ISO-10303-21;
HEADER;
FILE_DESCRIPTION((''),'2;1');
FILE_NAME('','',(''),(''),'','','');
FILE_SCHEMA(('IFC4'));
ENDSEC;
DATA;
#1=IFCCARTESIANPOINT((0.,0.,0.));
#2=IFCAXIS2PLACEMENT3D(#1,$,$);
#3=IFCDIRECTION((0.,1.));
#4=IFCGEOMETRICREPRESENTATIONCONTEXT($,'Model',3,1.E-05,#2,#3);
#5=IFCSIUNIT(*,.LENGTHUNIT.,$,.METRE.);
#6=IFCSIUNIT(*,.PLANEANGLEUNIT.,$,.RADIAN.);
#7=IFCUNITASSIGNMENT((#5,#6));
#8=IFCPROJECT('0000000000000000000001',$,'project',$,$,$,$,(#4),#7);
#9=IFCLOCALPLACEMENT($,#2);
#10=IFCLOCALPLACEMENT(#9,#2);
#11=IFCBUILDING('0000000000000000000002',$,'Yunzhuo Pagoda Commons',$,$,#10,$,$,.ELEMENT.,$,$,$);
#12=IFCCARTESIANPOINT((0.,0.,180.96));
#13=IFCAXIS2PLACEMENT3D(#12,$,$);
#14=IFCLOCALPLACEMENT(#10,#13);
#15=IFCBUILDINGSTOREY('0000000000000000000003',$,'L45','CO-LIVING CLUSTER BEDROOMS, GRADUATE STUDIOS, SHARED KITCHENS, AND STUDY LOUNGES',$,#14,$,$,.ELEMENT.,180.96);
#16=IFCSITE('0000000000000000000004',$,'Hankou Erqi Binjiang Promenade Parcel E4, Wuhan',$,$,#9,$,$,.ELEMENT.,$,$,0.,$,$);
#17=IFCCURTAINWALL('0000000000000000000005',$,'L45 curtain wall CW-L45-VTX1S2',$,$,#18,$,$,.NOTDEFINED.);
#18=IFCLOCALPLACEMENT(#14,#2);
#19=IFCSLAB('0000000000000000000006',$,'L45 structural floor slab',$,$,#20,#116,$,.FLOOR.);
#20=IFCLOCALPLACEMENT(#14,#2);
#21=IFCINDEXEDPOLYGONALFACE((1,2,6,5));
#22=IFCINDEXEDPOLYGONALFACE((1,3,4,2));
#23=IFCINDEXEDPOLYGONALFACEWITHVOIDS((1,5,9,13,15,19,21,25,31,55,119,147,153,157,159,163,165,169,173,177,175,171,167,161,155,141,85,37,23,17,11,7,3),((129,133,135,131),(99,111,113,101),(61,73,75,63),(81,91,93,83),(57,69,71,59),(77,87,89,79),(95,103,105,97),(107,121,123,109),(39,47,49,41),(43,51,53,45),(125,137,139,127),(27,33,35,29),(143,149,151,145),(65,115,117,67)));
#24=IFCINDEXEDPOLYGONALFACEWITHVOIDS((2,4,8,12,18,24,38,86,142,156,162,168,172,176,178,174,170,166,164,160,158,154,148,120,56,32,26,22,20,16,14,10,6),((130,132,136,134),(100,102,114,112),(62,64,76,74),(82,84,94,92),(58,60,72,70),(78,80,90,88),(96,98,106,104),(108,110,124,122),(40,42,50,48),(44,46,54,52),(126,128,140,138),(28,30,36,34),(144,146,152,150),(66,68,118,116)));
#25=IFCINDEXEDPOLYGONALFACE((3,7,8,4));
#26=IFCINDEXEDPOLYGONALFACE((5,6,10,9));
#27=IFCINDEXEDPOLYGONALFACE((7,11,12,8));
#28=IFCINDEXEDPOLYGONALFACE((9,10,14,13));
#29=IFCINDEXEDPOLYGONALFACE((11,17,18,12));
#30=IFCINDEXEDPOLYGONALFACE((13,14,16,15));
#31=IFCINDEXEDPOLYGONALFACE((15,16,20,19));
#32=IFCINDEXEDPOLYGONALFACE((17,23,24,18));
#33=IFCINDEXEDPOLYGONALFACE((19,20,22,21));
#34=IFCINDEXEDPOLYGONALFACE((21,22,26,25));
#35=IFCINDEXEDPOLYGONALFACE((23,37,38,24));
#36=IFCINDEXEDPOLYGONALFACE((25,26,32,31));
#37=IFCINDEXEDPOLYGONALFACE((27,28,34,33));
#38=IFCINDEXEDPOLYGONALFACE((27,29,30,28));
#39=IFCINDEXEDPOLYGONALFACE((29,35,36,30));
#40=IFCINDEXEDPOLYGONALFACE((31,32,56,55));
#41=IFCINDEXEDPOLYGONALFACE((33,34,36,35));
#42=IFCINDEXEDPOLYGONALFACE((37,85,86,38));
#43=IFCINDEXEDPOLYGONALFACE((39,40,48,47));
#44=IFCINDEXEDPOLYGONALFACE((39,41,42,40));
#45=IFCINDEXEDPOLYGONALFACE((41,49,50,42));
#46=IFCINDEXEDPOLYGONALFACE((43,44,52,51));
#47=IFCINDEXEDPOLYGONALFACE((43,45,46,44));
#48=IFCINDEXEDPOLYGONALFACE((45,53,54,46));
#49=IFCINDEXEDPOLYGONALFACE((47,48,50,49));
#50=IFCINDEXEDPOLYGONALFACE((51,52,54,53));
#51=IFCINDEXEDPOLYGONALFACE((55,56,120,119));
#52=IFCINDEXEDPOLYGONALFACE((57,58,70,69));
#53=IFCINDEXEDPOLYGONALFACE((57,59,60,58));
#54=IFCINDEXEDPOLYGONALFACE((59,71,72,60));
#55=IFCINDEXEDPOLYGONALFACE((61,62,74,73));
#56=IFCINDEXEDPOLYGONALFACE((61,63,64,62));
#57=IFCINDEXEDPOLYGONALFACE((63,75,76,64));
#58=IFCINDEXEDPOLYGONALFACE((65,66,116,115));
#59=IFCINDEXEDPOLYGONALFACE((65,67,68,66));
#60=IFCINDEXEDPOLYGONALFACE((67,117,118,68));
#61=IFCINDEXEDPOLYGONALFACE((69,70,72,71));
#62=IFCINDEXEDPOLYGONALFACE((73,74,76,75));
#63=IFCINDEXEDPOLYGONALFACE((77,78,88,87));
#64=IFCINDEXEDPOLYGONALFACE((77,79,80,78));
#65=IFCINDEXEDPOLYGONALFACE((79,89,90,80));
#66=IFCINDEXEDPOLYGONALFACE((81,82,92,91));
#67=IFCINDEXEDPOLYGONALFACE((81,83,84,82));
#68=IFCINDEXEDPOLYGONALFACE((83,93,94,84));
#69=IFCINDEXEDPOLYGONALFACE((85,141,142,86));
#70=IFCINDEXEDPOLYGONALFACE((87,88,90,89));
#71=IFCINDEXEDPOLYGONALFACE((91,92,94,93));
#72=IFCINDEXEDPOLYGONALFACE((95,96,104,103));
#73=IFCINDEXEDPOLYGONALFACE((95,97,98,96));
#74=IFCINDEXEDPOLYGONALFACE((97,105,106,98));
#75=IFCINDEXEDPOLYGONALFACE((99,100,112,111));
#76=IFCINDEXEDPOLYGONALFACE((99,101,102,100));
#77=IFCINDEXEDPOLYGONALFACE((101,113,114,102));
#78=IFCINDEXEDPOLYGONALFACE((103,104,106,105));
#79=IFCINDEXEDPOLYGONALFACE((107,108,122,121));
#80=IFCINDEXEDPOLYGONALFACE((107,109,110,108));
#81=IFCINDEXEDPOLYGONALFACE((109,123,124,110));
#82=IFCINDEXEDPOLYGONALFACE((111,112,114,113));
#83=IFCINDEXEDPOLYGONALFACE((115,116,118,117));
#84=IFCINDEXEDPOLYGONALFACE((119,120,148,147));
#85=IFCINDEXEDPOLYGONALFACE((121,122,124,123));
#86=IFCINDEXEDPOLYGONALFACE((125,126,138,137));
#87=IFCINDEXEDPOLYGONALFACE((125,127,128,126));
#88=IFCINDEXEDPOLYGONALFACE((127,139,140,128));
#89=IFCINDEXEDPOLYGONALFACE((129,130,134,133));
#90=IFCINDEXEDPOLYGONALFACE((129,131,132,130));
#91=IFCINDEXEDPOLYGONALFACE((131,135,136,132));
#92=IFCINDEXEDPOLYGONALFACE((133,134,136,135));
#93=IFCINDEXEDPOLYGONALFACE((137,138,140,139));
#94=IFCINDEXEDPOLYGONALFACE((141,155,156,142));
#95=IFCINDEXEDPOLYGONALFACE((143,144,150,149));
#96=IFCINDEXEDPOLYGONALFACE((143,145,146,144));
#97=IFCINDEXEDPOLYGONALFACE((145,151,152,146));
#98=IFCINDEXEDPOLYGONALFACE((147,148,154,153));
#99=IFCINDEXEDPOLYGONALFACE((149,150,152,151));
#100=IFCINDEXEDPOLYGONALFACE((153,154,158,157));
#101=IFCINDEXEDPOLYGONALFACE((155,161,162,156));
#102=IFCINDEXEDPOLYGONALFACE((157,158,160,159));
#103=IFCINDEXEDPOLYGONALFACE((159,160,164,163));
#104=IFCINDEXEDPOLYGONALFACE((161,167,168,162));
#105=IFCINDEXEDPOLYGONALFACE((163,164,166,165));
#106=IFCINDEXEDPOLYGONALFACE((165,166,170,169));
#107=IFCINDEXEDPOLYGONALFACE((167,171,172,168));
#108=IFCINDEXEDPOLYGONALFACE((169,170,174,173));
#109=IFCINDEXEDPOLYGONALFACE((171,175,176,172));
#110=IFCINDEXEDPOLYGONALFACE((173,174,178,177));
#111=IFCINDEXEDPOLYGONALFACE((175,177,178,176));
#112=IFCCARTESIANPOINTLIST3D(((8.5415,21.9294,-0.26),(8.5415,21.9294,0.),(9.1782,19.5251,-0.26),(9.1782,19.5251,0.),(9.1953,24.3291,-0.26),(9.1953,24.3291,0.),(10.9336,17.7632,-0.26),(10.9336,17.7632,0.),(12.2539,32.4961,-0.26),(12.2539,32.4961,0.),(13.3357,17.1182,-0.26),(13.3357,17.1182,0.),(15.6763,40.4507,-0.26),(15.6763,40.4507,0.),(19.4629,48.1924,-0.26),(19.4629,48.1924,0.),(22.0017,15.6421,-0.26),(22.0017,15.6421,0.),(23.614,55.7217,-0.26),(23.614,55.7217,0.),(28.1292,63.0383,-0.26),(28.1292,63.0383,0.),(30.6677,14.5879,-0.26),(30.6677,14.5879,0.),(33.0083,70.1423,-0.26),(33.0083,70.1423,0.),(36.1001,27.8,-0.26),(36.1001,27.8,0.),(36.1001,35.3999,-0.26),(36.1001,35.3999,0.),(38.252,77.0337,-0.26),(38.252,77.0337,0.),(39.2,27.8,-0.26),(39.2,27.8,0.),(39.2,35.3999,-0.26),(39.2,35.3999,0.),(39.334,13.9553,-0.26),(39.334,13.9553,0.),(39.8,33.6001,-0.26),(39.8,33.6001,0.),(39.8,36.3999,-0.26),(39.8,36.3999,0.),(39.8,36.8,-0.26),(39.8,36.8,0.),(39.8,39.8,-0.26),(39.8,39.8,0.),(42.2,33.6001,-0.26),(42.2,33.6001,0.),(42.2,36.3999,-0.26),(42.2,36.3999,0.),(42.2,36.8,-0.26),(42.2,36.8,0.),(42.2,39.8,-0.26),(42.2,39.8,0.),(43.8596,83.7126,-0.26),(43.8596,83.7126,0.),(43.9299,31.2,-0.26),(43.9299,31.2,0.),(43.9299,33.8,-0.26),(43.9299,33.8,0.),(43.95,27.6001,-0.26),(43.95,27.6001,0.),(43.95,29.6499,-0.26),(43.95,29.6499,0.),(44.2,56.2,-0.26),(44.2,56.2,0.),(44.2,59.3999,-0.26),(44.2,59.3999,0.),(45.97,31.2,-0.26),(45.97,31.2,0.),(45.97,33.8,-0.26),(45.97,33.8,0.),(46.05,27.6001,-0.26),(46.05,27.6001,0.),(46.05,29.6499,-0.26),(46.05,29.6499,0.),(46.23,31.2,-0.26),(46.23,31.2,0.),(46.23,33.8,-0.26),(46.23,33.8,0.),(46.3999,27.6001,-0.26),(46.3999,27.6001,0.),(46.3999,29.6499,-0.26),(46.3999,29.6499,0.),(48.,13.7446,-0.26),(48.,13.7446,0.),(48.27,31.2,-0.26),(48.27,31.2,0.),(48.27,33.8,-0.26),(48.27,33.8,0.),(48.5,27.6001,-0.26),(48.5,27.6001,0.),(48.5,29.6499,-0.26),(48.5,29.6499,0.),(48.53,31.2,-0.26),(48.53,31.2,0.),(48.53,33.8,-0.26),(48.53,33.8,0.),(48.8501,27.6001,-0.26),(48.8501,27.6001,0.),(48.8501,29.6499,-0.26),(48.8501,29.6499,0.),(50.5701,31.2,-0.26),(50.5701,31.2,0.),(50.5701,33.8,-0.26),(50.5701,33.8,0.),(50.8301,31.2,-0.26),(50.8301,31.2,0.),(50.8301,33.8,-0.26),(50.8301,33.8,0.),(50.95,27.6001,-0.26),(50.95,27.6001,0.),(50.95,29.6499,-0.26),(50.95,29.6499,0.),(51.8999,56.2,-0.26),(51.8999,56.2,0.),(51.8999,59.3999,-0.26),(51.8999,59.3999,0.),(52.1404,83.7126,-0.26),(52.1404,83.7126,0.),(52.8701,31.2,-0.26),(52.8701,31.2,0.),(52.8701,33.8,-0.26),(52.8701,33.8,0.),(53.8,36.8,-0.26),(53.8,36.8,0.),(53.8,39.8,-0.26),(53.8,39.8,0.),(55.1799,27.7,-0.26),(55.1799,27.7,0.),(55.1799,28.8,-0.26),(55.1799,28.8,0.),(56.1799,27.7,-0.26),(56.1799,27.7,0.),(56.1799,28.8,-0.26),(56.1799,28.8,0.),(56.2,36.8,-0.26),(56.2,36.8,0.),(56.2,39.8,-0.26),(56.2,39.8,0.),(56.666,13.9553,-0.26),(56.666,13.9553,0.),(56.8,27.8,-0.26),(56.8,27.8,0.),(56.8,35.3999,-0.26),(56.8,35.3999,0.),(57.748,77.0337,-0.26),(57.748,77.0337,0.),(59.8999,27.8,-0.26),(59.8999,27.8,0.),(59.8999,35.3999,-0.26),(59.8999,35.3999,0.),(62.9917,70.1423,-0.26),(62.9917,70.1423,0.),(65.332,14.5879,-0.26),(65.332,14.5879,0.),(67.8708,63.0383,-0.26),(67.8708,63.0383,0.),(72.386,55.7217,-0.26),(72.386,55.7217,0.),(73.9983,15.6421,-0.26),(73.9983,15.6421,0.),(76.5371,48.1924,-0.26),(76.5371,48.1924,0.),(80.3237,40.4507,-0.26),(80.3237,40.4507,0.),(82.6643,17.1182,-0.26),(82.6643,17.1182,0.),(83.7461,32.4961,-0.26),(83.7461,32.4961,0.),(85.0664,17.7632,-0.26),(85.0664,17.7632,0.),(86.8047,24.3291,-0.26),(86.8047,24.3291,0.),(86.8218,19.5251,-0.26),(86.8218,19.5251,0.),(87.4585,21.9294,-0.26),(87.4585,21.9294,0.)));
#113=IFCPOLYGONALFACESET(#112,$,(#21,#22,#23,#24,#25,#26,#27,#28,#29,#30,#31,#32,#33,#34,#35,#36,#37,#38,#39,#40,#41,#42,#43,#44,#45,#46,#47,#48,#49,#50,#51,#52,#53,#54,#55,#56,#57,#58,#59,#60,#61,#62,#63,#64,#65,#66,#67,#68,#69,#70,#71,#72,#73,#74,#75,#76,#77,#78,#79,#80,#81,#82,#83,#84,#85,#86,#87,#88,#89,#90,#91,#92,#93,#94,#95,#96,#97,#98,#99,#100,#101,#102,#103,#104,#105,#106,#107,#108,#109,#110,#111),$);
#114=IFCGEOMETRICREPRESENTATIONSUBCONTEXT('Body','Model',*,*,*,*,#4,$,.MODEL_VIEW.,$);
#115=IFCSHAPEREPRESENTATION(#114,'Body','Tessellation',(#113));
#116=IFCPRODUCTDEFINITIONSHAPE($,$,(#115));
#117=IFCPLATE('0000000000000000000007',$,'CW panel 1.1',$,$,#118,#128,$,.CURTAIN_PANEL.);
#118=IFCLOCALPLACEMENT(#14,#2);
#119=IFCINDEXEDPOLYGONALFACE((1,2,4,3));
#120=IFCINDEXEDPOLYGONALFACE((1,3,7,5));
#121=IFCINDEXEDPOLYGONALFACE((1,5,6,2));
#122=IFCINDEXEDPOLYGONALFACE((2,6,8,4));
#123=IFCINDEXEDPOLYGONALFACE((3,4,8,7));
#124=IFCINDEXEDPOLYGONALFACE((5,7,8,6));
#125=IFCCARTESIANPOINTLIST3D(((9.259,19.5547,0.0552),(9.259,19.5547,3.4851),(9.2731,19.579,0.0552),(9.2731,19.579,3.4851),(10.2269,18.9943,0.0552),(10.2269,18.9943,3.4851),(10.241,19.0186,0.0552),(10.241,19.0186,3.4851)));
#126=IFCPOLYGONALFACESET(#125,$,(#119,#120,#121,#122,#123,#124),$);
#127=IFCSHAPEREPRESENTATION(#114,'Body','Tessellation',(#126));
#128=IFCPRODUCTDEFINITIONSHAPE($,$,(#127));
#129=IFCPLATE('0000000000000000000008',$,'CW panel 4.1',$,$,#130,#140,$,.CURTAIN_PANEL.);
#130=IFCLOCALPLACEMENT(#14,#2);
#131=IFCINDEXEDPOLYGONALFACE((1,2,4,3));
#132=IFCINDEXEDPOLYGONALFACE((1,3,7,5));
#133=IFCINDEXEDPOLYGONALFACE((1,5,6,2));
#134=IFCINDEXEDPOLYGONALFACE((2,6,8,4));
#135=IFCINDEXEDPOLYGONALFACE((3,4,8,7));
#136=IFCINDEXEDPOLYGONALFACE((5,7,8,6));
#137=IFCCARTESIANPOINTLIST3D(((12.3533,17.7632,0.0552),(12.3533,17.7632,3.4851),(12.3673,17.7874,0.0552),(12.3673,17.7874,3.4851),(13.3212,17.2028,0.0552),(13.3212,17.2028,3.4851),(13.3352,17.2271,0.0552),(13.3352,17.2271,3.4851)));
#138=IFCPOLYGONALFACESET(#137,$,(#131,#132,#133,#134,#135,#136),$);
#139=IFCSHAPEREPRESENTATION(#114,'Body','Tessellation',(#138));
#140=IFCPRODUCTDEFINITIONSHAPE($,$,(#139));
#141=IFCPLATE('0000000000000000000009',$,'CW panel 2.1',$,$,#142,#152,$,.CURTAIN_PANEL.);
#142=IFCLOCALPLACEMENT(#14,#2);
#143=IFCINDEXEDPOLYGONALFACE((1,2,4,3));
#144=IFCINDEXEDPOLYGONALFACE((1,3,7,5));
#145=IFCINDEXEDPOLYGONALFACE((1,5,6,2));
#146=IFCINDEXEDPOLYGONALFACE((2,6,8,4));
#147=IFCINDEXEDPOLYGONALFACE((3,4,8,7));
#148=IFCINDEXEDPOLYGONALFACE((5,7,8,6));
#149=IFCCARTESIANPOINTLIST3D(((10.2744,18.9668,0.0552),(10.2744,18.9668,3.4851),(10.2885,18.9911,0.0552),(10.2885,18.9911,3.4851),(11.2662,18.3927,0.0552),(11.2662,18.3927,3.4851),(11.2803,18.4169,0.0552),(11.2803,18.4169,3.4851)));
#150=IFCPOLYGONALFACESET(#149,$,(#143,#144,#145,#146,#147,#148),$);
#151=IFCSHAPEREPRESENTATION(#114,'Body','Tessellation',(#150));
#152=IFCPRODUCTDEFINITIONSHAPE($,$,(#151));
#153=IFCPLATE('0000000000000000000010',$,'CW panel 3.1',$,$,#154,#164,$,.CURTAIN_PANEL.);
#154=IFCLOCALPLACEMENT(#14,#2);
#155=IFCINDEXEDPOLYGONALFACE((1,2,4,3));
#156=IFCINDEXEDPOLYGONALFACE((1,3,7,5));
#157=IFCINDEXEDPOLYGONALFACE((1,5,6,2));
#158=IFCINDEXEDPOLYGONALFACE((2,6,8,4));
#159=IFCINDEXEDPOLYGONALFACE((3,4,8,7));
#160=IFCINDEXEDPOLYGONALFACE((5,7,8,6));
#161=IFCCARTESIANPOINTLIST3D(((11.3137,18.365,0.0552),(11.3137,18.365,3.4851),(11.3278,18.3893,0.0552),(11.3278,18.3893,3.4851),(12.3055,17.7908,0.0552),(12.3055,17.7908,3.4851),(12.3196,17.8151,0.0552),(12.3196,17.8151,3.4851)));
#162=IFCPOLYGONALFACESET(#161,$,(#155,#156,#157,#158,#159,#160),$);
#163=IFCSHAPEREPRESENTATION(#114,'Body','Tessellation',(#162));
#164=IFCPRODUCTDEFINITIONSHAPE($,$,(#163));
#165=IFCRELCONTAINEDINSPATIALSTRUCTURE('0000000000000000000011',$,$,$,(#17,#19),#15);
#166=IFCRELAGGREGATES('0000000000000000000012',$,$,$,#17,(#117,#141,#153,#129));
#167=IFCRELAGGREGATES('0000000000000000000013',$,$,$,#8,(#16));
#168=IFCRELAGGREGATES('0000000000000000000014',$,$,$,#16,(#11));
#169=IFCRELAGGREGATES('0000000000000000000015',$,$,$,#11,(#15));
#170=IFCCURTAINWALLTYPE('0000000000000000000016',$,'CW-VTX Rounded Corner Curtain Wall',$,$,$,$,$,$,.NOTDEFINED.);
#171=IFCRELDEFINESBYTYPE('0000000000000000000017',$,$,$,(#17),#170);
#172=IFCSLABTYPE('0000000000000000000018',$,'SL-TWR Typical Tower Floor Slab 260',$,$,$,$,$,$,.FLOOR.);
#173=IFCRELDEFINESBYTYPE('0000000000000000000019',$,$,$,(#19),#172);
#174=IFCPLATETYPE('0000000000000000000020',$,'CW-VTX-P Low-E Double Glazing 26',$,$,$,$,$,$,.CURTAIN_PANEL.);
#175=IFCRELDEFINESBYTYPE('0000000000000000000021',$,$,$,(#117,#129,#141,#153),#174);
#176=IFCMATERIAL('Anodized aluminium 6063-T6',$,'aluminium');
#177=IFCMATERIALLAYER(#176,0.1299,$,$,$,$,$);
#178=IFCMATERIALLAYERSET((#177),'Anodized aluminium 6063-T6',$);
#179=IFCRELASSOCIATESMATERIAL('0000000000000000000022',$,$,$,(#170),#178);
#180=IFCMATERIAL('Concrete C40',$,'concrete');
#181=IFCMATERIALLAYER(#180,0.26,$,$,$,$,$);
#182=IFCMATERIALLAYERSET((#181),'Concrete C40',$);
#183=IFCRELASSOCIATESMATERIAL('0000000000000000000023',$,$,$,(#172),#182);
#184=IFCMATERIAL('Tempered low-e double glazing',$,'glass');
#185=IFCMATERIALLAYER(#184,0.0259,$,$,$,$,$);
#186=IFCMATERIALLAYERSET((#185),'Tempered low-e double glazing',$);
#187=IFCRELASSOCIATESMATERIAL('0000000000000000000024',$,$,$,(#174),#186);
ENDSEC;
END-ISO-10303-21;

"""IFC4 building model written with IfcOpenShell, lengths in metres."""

from ifc_helpers import new_model, si_unit, direction, frame, origin, origin_2d, place, context, subcontext, project, spatial, polyline, rectangle, outline, extrude, source, transform, mapped, material, layer, layer_set, type_object, element, aggregate, save


model = new_model("IFC4")

# Units and contexts
model_context = context("Model", 3, precision=1e-05, world=origin(), true_north=direction((0.0, 1.0)))
body_context = subcontext(model_context, "Body", "Model", "MODEL_VIEW")
ifc_project = project(units=[si_unit("LENGTHUNIT", "METRE"), si_unit("PLANEANGLEUNIT", "RADIAN")], contexts=[model_context])

# Site, building, storey
site_placement = place(None, origin())
site = spatial("IfcSite", under=ifc_project, at=site_placement, Name="Hankou Erqi Binjiang Promenade Parcel E4, Wuhan", CompositionType="ELEMENT", RefElevation=0.0)
building_placement = place(site_placement, origin())
building = spatial("IfcBuilding", under=site, at=building_placement, Name="Yunzhuo Pagoda Commons", CompositionType="ELEMENT")
storey_placement = place(building_placement, frame((0.0, 0.0, 180.96)))
storey = spatial("IfcBuildingStorey", under=building, at=storey_placement, Name="L45", Description="CO-LIVING CLUSTER BEDROOMS, GRADUATE STUDIOS, SHARED KITCHENS, AND STUDY LOUNGES", CompositionType="ELEMENT", Elevation=180.96)

# Curtain wall
ifc_material_1 = material(Name="Anodized aluminium 6063-T6", Category="aluminium")
ifc_layer_1 = layer(ifc_material_1, 0.1299)
ifc_layer_set_1 = layer_set([ifc_layer_1], Name="Anodized aluminium 6063-T6")
curtain_wall_type_1 = type_object("IfcCurtainWallType", Name="CW-VTX Rounded Corner Curtain Wall", PredefinedType="NOTDEFINED", material=ifc_layer_set_1)
curtain_wall_1_placement = place(storey_placement, origin())
curtain_wall_1 = element("IfcCurtainWall", 1, at=curtain_wall_1_placement, inside=storey, type_object=curtain_wall_type_1, Name="L45 curtain wall CW-L45-VTX1S2", PredefinedType="NOTDEFINED")

# Shared definitions
ifc_material_2 = material(Name="Concrete C40", Category="concrete")

# Slab
ifc_layer_2 = layer(ifc_material_2, 0.26)
ifc_layer_set_2 = layer_set([ifc_layer_2], Name="Concrete C40")
slab_type_1 = type_object("IfcSlabType", Name="SL-TWR Typical Tower Floor Slab 260", PredefinedType="FLOOR", material=ifc_layer_set_2)
slab_1_placement = place(storey_placement, frame((0.0, 0.0, -0.26)))
element("IfcSlab", 2, at=slab_1_placement, inside=storey, type_object=slab_type_1, Name="L45 structural floor slab", PredefinedType="FLOOR", context=body_context, shape_type="SweptSolid", body=[
    extrude(outline(polyline([(12.2539, 32.4961), (15.6763, 40.4507), (19.4629, 48.1924), (23.614, 55.7217), (28.1292, 63.0383), (33.0083, 70.1423), (38.252, 77.0337), (43.8596, 83.7126), (52.1404, 83.7126), (57.748, 77.0337), (62.9917, 70.1423), (67.8708, 63.0383), (72.386, 55.7217), (76.5371, 48.1924), (80.3237, 40.4507), (83.7461, 32.4961), (86.8047, 24.3291), (87.4585, 21.9294), (86.8218, 19.5251), (85.0664, 17.7632), (82.6643, 17.1182), (73.9983, 15.6421), (65.332, 14.5879), (56.666, 13.9553), (48.0, 13.7446), (39.334, 13.9553), (30.6677, 14.5879), (22.0017, 15.6421), (13.3357, 17.1182), (10.9336, 17.7632), (9.1782, 19.5251), (8.5415, 21.9294), (9.1953, 24.3291), (12.2539, 32.4961)]), holes=[polyline([(46.05, 29.6499), (43.95, 29.6499), (43.95, 27.6001), (46.05, 27.6001), (46.05, 29.6499)]), polyline([(48.5, 27.6001), (48.5, 29.6499), (46.3999, 29.6499), (46.3999, 27.6001), (48.5, 27.6001)]), polyline([(36.1001, 27.8), (39.2, 27.8), (39.2, 35.3999), (36.1001, 35.3999), (36.1001, 27.8)]), polyline([(45.97, 31.2), (45.97, 33.8), (43.9299, 33.8), (43.9299, 31.2), (45.97, 31.2)]), polyline([(48.27, 31.2), (48.27, 33.8), (46.23, 33.8), (46.23, 31.2), (48.27, 31.2)]), polyline([(42.2, 33.6001), (42.2, 36.3999), (39.8, 36.3999), (39.8, 33.6001), (42.2, 33.6001)]), polyline([(42.2, 36.8), (42.2, 39.8), (39.8, 39.8), (39.8, 36.8), (42.2, 36.8)]), polyline([(56.1799, 28.8), (55.1799, 28.8), (55.1799, 27.7), (56.1799, 27.7), (56.1799, 28.8)]), polyline([(50.95, 27.6001), (50.95, 29.6499), (48.8501, 29.6499), (48.8501, 27.6001), (50.95, 27.6001)]), polyline([(56.8, 27.8), (59.8999, 27.8), (59.8999, 35.3999), (56.8, 35.3999), (56.8, 27.8)]), polyline([(50.5701, 31.2), (50.5701, 33.8), (48.53, 33.8), (48.53, 31.2), (50.5701, 31.2)]), polyline([(52.8701, 31.2), (52.8701, 33.8), (50.8301, 33.8), (50.8301, 31.2), (52.8701, 31.2)]), polyline([(56.2, 36.8), (56.2, 39.8), (53.8, 39.8), (53.8, 36.8), (56.2, 36.8)]), polyline([(51.8999, 56.2), (51.8999, 59.3999), (44.2, 59.3999), (44.2, 56.2), (51.8999, 56.2)])]), origin(), (0.0, 0.0, 1.0), 0.26),
])

# Plates
ifc_material_3 = material(Name="Tempered low-e double glazing", Category="glass")
ifc_layer_3 = layer(ifc_material_3, 0.0259)
ifc_layer_set_3 = layer_set([ifc_layer_3], Name="Tempered low-e double glazing")
plate_type = type_object("IfcPlateType", Name="CW-VTX-P Low-E Double Glazing 26", PredefinedType="CURTAIN_PANEL", material=ifc_layer_set_3)
shared_shape_1 = source(origin(), body_context, "Body", "SweptSolid", [
    extrude(rectangle(XDim=1.1184, YDim=0.0281, at=origin_2d()), origin(), (0.0, 0.0, 1.0), 3.4299),
])
plate_1_placement = place(storey_placement, frame((9.75, 19.2866, 0.0552), z_axis=(0.0, 0.0, 1.0), x_axis=(0.865424, -0.50104, 0.0)))
plate_1 = element("IfcPlate", 3, at=plate_1_placement, type_object=plate_type, Name="CW panel 1.1", PredefinedType="CURTAIN_PANEL", context=body_context, shape_type="MappedRepresentation", body=[
    mapped(shared_shape_1, transform((0.0, 0.0, 0.0), scale=1.0)),
])
plate_2_placement = place(storey_placement, frame((12.8442, 17.4951, 0.0552), z_axis=(0.0, 0.0, 1.0), x_axis=(0.865424, -0.50104, 0.0)))
plate_2 = element("IfcPlate", 4, at=plate_2_placement, type_object=plate_type, Name="CW panel 4.1", PredefinedType="CURTAIN_PANEL", context=body_context, shape_type="MappedRepresentation", body=[
    mapped(shared_shape_1, transform((0.0, 0.0, 0.0), scale=1.0)),
])
shared_shape_2 = source(origin(), body_context, "Body", "SweptSolid", [
    extrude(rectangle(XDim=1.146, YDim=0.0281, at=origin_2d()), origin(), (0.0, 0.0, 1.0), 3.4299),
])
plate_3_placement = place(storey_placement, frame((10.7773, 18.6919, 0.0552), z_axis=(0.0, 0.0, 1.0), x_axis=(0.865424, -0.50104, 0.0)))
plate_3 = element("IfcPlate", 5, at=plate_3_placement, type_object=plate_type, Name="CW panel 2.1", PredefinedType="CURTAIN_PANEL", context=body_context, shape_type="MappedRepresentation", body=[
    mapped(shared_shape_2, transform((0.0, 0.0, 0.0), scale=1.0)),
])
plate_4_placement = place(storey_placement, frame((11.8167, 18.0901, 0.0552), z_axis=(0.0, 0.0, 1.0), x_axis=(0.865424, -0.50104, 0.0)))
plate_4 = element("IfcPlate", 6, at=plate_4_placement, type_object=plate_type, Name="CW panel 3.1", PredefinedType="CURTAIN_PANEL", context=body_context, shape_type="MappedRepresentation", body=[
    mapped(shared_shape_2, transform((0.0, 0.0, 0.0), scale=1.0)),
])
aggregate(curtain_wall_1, [plate_1, plate_3, plate_4, plate_2])

save(model, "model.ifc")
